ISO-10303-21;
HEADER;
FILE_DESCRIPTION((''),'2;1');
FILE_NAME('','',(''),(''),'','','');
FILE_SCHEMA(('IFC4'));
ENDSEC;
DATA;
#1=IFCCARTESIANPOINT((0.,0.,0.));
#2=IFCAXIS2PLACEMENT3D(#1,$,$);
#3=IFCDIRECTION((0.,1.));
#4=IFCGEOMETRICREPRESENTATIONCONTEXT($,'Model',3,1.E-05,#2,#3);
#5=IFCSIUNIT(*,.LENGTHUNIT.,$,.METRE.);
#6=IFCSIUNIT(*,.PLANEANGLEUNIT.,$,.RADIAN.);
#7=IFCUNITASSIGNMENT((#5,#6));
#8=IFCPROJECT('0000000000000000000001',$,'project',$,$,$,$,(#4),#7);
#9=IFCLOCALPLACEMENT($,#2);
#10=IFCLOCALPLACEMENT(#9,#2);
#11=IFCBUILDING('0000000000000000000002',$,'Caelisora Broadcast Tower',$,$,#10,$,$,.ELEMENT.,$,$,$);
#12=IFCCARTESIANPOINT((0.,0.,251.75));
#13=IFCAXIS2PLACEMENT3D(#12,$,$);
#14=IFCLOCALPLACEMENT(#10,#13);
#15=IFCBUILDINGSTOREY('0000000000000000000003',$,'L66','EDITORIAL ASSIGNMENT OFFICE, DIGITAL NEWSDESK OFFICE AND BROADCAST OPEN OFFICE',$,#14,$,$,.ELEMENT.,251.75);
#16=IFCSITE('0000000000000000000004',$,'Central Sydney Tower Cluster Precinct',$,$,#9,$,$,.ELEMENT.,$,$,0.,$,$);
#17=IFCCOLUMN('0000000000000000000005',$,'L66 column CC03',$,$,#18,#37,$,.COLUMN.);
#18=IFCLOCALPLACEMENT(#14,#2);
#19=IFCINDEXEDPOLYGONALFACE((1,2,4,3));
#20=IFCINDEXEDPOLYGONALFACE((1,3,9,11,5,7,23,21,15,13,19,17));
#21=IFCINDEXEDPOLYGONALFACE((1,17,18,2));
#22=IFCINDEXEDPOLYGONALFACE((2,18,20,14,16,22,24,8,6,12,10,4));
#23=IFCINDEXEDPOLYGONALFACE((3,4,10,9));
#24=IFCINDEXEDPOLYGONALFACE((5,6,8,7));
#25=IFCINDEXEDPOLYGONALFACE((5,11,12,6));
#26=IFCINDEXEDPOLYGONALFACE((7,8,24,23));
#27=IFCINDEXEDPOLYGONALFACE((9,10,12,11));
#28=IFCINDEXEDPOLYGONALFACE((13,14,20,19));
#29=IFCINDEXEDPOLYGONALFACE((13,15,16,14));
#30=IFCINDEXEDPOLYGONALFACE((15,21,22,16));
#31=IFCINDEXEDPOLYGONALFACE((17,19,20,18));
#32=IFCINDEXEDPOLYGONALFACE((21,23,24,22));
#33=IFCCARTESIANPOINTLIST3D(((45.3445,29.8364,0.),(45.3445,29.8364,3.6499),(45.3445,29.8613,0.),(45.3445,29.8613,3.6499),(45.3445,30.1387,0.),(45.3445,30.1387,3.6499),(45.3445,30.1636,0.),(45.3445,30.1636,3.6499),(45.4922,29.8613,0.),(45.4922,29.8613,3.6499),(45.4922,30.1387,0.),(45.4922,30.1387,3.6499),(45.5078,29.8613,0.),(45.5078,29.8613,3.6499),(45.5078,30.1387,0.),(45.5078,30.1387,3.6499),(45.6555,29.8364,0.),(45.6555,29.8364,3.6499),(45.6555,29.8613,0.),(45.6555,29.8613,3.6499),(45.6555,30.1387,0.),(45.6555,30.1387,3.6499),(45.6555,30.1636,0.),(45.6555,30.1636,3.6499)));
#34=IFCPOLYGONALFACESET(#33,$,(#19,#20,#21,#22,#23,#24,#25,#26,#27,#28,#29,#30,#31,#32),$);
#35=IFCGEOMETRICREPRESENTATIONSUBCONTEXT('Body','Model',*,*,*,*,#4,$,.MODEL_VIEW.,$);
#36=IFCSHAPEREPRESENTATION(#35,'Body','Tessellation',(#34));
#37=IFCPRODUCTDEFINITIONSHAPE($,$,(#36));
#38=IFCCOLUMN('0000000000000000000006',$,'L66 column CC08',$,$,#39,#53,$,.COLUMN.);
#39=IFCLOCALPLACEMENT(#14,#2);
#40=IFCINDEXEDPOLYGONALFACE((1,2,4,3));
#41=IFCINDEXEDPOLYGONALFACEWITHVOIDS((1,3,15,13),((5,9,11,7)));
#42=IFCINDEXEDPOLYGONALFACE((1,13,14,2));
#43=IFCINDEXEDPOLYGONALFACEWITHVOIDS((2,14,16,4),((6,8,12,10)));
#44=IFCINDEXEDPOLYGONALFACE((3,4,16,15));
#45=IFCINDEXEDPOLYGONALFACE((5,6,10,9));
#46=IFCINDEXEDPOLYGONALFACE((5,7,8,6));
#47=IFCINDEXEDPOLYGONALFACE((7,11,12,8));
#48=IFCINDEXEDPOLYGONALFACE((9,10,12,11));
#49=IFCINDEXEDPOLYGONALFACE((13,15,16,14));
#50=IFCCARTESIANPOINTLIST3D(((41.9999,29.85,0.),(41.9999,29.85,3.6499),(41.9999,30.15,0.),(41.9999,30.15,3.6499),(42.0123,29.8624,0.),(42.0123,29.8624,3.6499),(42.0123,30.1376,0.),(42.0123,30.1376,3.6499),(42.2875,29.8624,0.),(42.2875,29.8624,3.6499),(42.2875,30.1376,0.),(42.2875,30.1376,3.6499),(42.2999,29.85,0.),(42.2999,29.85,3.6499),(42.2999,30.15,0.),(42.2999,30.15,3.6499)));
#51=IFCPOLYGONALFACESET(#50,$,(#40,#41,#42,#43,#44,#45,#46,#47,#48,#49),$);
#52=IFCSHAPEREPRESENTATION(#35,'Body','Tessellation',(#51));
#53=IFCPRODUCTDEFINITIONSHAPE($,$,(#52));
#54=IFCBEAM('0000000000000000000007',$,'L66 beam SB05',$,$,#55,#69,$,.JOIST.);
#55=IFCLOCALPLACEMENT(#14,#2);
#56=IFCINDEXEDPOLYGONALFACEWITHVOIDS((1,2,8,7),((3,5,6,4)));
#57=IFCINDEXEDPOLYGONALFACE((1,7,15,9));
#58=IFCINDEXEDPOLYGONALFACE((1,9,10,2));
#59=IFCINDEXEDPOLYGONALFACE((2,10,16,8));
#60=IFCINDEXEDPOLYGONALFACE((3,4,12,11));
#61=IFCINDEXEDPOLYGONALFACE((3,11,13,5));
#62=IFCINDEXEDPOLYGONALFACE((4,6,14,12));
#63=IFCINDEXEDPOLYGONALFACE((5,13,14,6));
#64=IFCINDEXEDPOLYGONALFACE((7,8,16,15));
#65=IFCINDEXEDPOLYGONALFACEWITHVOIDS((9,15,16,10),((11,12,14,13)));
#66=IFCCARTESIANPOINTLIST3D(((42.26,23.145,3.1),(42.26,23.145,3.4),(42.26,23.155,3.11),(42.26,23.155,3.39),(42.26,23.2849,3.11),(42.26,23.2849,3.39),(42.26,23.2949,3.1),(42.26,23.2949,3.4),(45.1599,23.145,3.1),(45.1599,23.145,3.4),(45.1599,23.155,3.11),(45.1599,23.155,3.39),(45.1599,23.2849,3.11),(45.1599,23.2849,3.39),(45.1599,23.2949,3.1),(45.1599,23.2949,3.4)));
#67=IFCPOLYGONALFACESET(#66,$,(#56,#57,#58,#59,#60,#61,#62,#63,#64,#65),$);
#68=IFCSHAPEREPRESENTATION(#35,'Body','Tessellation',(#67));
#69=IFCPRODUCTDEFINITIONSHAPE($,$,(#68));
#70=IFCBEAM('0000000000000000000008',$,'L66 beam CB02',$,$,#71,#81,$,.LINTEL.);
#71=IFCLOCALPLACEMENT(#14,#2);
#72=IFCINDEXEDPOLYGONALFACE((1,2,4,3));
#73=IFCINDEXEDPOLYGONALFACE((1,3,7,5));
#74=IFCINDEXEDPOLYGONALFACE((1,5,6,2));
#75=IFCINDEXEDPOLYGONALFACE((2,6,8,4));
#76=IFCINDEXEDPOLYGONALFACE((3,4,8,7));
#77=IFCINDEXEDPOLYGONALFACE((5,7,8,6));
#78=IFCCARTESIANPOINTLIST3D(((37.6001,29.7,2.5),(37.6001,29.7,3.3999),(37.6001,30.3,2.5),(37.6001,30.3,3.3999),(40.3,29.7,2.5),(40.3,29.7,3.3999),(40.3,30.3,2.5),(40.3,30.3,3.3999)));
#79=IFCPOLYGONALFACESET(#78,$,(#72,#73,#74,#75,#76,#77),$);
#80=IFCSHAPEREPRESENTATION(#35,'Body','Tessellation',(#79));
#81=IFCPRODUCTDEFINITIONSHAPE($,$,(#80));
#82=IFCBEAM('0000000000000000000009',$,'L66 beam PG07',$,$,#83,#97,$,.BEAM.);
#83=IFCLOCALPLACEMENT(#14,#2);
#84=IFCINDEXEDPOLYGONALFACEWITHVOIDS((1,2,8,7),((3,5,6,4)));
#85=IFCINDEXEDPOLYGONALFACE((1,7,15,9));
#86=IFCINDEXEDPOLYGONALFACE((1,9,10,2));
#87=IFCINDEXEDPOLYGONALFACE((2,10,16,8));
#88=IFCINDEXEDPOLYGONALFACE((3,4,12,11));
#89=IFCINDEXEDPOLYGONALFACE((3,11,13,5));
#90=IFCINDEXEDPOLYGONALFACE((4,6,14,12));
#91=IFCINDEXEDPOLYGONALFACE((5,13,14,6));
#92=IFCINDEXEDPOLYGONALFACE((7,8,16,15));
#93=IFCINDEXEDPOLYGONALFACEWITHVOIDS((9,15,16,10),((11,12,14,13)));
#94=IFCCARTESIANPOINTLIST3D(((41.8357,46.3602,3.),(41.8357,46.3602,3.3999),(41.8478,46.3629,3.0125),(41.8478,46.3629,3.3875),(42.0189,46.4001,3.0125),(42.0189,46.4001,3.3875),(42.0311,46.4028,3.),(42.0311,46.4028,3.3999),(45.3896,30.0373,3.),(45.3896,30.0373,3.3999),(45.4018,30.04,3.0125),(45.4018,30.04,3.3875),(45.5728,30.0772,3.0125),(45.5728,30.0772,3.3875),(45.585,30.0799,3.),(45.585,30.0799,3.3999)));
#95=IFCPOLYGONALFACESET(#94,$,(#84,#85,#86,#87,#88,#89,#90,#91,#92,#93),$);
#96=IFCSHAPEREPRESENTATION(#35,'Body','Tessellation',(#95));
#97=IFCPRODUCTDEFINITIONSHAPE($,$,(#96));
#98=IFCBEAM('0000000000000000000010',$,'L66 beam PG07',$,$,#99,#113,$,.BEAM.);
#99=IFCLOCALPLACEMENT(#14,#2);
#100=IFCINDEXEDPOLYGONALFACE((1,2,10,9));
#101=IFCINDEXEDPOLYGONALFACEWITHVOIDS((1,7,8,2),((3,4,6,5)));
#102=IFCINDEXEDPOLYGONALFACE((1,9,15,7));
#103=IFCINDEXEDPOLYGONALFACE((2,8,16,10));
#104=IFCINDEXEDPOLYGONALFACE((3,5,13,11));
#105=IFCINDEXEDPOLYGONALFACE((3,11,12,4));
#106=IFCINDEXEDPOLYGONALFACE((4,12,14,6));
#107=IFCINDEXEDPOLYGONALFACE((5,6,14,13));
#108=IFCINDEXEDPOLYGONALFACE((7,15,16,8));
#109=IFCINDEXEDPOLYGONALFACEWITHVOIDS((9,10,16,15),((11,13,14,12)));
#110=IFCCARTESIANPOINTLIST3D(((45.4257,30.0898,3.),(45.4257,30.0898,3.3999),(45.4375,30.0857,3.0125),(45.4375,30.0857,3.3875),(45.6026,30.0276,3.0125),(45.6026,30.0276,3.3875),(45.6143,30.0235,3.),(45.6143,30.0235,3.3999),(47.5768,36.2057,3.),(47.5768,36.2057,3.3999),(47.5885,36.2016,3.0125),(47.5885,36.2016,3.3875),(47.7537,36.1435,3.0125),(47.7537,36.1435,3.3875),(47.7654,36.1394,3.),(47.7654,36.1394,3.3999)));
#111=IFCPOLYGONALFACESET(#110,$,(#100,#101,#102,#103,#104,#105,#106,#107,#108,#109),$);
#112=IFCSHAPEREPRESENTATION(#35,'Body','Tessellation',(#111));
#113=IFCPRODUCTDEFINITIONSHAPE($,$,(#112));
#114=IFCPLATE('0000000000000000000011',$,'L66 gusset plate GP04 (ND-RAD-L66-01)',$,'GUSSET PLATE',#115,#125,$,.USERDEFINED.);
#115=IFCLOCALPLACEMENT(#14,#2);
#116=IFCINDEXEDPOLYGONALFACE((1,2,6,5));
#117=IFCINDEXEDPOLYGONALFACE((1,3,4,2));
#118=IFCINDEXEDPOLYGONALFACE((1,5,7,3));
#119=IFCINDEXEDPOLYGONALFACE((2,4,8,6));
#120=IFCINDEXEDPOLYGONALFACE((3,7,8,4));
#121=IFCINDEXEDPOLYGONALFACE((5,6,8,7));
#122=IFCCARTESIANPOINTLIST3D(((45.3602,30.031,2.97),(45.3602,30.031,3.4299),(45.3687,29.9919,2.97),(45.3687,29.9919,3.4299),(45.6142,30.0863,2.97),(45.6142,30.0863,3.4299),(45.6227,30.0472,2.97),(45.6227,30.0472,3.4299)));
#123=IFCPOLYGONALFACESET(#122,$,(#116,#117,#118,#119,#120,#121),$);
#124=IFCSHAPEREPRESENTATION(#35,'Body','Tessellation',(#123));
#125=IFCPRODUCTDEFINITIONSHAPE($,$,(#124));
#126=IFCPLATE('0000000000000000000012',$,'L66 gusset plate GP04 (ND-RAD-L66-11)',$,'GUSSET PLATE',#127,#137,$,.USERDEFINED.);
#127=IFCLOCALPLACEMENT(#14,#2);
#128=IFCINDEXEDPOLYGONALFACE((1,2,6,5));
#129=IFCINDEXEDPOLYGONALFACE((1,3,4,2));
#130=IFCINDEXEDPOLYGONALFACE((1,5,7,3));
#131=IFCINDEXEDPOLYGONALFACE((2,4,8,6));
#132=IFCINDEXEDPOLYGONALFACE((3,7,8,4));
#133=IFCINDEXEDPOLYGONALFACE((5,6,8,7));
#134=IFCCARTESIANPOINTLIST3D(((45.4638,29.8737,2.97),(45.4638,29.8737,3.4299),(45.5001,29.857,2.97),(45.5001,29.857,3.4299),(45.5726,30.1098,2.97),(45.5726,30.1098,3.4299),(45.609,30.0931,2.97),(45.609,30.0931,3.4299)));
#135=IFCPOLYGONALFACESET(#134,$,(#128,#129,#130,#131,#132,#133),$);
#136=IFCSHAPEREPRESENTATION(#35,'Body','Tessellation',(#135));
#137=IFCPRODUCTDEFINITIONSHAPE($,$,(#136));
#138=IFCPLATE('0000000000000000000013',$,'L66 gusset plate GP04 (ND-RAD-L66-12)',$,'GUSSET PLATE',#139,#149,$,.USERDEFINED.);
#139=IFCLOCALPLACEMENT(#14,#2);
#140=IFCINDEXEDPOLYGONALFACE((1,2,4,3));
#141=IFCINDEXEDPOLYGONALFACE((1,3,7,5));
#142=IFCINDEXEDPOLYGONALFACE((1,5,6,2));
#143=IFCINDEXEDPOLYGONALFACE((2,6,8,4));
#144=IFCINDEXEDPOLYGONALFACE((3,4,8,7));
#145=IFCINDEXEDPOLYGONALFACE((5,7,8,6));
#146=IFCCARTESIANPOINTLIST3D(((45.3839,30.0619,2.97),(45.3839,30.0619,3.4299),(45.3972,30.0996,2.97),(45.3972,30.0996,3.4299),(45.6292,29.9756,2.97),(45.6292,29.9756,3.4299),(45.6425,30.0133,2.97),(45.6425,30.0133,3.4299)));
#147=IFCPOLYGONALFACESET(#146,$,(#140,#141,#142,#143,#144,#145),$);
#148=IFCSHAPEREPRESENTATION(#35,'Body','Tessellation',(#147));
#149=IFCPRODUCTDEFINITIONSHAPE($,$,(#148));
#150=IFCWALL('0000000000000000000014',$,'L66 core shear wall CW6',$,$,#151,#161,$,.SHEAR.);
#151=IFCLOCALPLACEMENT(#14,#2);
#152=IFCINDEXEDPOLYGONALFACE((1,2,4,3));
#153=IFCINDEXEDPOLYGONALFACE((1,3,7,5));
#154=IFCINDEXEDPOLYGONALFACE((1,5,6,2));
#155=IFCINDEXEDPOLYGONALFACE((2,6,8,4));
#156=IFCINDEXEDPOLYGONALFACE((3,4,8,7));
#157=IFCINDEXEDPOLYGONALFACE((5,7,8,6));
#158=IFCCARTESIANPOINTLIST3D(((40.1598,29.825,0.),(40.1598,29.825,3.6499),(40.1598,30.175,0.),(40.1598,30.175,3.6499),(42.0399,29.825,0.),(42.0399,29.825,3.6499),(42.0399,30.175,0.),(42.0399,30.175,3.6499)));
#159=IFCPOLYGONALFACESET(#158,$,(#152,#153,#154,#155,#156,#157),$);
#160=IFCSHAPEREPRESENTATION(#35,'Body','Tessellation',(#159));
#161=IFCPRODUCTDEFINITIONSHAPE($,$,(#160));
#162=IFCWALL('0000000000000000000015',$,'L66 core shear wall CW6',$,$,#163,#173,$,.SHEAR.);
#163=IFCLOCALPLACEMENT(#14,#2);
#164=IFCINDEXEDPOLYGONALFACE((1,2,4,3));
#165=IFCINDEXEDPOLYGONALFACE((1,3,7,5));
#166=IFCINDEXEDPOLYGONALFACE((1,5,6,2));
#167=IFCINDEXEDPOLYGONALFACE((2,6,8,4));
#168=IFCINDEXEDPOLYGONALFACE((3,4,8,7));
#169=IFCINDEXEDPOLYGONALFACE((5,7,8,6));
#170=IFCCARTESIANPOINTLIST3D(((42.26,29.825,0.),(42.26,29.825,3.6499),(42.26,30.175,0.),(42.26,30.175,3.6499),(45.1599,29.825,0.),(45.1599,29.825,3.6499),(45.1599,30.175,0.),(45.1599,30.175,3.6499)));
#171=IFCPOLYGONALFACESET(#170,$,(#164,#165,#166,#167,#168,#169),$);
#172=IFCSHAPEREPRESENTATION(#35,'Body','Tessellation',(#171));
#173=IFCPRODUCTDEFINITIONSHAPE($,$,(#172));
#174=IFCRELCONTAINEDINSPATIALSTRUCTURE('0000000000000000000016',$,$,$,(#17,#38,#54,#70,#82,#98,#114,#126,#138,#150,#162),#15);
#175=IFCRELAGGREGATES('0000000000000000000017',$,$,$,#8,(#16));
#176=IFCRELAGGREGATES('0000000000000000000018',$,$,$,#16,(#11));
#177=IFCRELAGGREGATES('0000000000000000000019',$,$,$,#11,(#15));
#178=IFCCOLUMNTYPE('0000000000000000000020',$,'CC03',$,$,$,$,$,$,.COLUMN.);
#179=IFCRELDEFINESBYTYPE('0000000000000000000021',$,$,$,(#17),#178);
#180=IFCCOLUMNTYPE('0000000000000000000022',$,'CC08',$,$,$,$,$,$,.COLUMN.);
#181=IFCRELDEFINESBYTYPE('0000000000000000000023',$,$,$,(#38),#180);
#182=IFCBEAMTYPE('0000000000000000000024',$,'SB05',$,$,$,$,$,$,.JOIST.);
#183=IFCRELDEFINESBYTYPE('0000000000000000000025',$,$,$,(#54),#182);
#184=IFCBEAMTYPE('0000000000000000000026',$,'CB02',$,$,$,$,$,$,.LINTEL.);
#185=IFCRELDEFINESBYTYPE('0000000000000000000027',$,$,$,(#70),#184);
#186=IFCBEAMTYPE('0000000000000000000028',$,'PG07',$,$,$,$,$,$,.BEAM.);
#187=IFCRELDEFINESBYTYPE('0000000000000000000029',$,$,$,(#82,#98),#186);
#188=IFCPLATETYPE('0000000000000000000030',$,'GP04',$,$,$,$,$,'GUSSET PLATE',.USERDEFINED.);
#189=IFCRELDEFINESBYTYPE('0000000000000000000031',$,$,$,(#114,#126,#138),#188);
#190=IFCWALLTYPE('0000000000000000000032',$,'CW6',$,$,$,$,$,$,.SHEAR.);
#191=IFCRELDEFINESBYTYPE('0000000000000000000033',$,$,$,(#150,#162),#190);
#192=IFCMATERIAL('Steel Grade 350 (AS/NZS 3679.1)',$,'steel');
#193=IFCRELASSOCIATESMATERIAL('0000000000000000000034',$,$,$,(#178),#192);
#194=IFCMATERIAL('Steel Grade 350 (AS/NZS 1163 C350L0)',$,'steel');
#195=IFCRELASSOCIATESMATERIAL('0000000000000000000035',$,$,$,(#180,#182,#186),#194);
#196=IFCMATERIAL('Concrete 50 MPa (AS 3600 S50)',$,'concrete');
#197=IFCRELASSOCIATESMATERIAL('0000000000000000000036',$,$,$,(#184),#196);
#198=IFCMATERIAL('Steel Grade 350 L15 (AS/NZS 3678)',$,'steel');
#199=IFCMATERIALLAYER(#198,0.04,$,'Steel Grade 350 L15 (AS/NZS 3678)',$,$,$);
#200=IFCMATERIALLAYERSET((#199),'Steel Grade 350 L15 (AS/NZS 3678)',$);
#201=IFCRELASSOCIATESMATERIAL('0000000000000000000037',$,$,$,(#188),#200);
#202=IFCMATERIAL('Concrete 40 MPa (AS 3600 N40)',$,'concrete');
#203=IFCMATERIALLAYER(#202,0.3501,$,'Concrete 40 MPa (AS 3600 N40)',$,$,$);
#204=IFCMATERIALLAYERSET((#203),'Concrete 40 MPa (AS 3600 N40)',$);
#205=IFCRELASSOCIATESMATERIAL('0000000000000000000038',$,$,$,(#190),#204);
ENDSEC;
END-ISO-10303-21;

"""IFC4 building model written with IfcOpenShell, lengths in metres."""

from ifc_helpers import new_model, si_unit, direction, frame, frame_2d, origin, origin_2d, place, context, subcontext, project, spatial, rectangle, hollow_rectangle, i_section, extrude, source, transform, mapped, material, layer, layer_set, material_profile, profile_set, type_object, type_shapes, element, save


model = new_model("IFC4")

# Units and contexts
model_context = context("Model", 3, precision=1e-05, world=origin(), true_north=direction((0.0, 1.0)))
body_context = subcontext(model_context, "Body", "Model", "MODEL_VIEW")
ifc_project = project(units=[si_unit("LENGTHUNIT", "METRE"), si_unit("PLANEANGLEUNIT", "RADIAN")], contexts=[model_context])

# Site, building, storey
site_placement = place(None, origin())
site = spatial("IfcSite", under=ifc_project, at=site_placement, Name="Central Sydney Tower Cluster Precinct", CompositionType="ELEMENT", RefElevation=0.0)
building_placement = place(site_placement, origin())
building = spatial("IfcBuilding", under=site, at=building_placement, Name="Caelisora Broadcast Tower", CompositionType="ELEMENT")
storey_placement = place(building_placement, frame((0.0, 0.0, 251.75)))
storey = spatial("IfcBuildingStorey", under=building, at=storey_placement, Name="L66", Description="EDITORIAL ASSIGNMENT OFFICE, DIGITAL NEWSDESK OFFICE AND BROADCAST OPEN OFFICE", CompositionType="ELEMENT", Elevation=251.75)

# Columns
ifc_material_1 = material(Name="Steel Grade 350 (AS/NZS 3679.1)", Category="steel")
ifc_material_profile_1 = material_profile(ifc_material_1, i_section(OverallWidth=0.311, OverallDepth=0.3271, WebThickness=0.0156, FlangeThickness=0.0249, at=origin_2d()), Name="Steel Grade 350 (AS/NZS 3679.1)")
ifc_profile_set_1 = profile_set([ifc_material_profile_1], Name="Steel Grade 350 (AS/NZS 3679.1)")
column_type_1 = type_object("IfcColumnType", Name="CC03", PredefinedType="COLUMN", material=ifc_profile_set_1)
shared_shape_1 = source(origin(), body_context, "Body", "SweptSolid", [
    extrude(i_section(OverallWidth=0.311, OverallDepth=0.3271, WebThickness=0.0156, FlangeThickness=0.0249, at=origin_2d()), origin(), (0.0, 0.0, 1.0), 3.6499),
])
type_shapes(column_type_1, [shared_shape_1])
column_1_placement = place(storey_placement, frame((45.5, 30.0, 0.0), z_axis=(0.0, 0.0, 1.0), x_axis=(1.0, 0.0, 0.0)))
element("IfcColumn", 1, at=column_1_placement, inside=storey, type_object=column_type_1, Name="L66 column CC03", PredefinedType="COLUMN", context=body_context, shape_type="MappedRepresentation", body=[
    mapped(shared_shape_1, transform((0.0, 0.0, 0.0), scale=1.0)),
])
ifc_material_2 = material(Name="Steel Grade 350 (AS/NZS 1163 C350L0)", Category="steel")
ifc_material_profile_2 = material_profile(ifc_material_2, hollow_rectangle(XDim=0.3, YDim=0.3, WallThickness=0.0125, at=origin_2d()), Name="Steel Grade 350 (AS/NZS 1163 C350L0)")
ifc_profile_set_2 = profile_set([ifc_material_profile_2], Name="Steel Grade 350 (AS/NZS 1163 C350L0)")
column_type_2 = type_object("IfcColumnType", Name="CC08", PredefinedType="COLUMN", material=ifc_profile_set_2)
shared_shape_2 = source(origin(), body_context, "Body", "SweptSolid", [
    extrude(hollow_rectangle(XDim=0.3, YDim=0.3, WallThickness=0.0125, at=origin_2d()), origin(), (0.0, 0.0, 1.0), 3.6499),
])
type_shapes(column_type_2, [shared_shape_2])
column_2_placement = place(storey_placement, frame((42.1499, 30.0, 0.0), z_axis=(0.0, 0.0, 1.0), x_axis=(1.0, 0.0, 0.0)))
element("IfcColumn", 2, at=column_2_placement, inside=storey, type_object=column_type_2, Name="L66 column CC08", PredefinedType="COLUMN", context=body_context, shape_type="MappedRepresentation", body=[
    mapped(shared_shape_2, transform((0.0, 0.0, 0.0), scale=1.0)),
])

# Beams
ifc_material_profile_3 = material_profile(ifc_material_2, hollow_rectangle(XDim=0.1499, YDim=0.3, WallThickness=0.01, at=origin_2d()), Name="Steel Grade 350 (AS/NZS 1163 C350L0)")
ifc_profile_set_3 = profile_set([ifc_material_profile_3], Name="Steel Grade 350 (AS/NZS 1163 C350L0)")
beam_type_1 = type_object("IfcBeamType", Name="SB05", PredefinedType="JOIST", material=ifc_profile_set_3)
shared_shape_3 = source(origin(), body_context, "Body", "SweptSolid", [
    extrude(hollow_rectangle(XDim=0.1499, YDim=0.3, WallThickness=0.01, at=origin_2d()), origin(), (0.0, 0.0, 1.0), 2.8999),
])
type_shapes(beam_type_1, [shared_shape_3])
beam_1_placement = place(storey_placement, frame((42.26, 23.22, 3.25), z_axis=(1.0, 0.0, 0.0), x_axis=(0.0, 1.0, 0.0)))
element("IfcBeam", 3, at=beam_1_placement, inside=storey, type_object=beam_type_1, Name="L66 beam SB05", PredefinedType="JOIST", context=body_context, shape_type="MappedRepresentation", body=[
    mapped(shared_shape_3, transform((0.0, 0.0, 0.0), scale=1.0)),
])
ifc_material_3 = material(Name="Concrete 50 MPa (AS 3600 S50)", Category="concrete")
ifc_material_profile_4 = material_profile(ifc_material_3, rectangle(XDim=0.6001, YDim=0.8999, at=origin_2d()), Name="Concrete 50 MPa (AS 3600 S50)")
ifc_profile_set_4 = profile_set([ifc_material_profile_4], Name="Concrete 50 MPa (AS 3600 S50)")
beam_type_2 = type_object("IfcBeamType", Name="CB02", PredefinedType="LINTEL", material=ifc_profile_set_4)
shared_shape_4 = source(origin(), body_context, "Body", "SweptSolid", [
    extrude(rectangle(XDim=0.6001, YDim=0.8999, at=origin_2d()), origin(), (0.0, 0.0, 1.0), 2.7),
])
type_shapes(beam_type_2, [shared_shape_4])
beam_2_placement = place(storey_placement, frame((37.6001, 30.0, 2.95), z_axis=(1.0, 0.0, 0.0), x_axis=(0.0, 1.0, 0.0)))
element("IfcBeam", 4, at=beam_2_placement, inside=storey, type_object=beam_type_2, Name="L66 beam CB02", PredefinedType="LINTEL", context=body_context, shape_type="MappedRepresentation", body=[
    mapped(shared_shape_4, transform((0.0, 0.0, 0.0), scale=1.0)),
])
ifc_material_profile_5 = material_profile(ifc_material_2, hollow_rectangle(XDim=0.2, YDim=0.3999, WallThickness=0.0125, at=origin_2d()), Name="Steel Grade 350 (AS/NZS 1163 C350L0)")
ifc_profile_set_5 = profile_set([ifc_material_profile_5], Name="Steel Grade 350 (AS/NZS 1163 C350L0)")
beam_type_3 = type_object("IfcBeamType", Name="PG07", PredefinedType="BEAM", material=ifc_profile_set_5)
shared_shape_5 = source(origin(), body_context, "Body", "SweptSolid", [
    extrude(hollow_rectangle(XDim=0.2, YDim=0.3999, WallThickness=0.0125, at=origin_2d()), origin(), (0.0, 0.0, 1.0), 16.7053),
])
beam_3_placement = place(storey_placement, frame((45.4873, 30.0586, 3.2), z_axis=(-0.212743, 0.977108, 0.0), x_axis=(-0.977108, -0.212743, 0.0)))
element("IfcBeam", 5, at=beam_3_placement, inside=storey, type_object=beam_type_3, Name="L66 beam PG07", PredefinedType="BEAM", context=body_context, shape_type="MappedRepresentation", body=[
    mapped(shared_shape_5, transform((0.0, 0.0, 0.0), scale=1.0)),
])
shared_shape_6 = source(origin(), body_context, "Body", "SweptSolid", [
    extrude(hollow_rectangle(XDim=0.2, YDim=0.3999, WallThickness=0.0125, at=origin_2d()), origin(), (0.0, 0.0, 1.0), 6.4832),
])
type_shapes(beam_type_3, [shared_shape_5, shared_shape_6])
beam_4_placement = place(storey_placement, frame((45.52, 30.0566, 3.2), z_axis=(0.331798, 0.943351, 0.0), x_axis=(-0.943351, 0.331798, 0.0)))
element("IfcBeam", 6, at=beam_4_placement, inside=storey, type_object=beam_type_3, Name="L66 beam PG07", PredefinedType="BEAM", context=body_context, shape_type="MappedRepresentation", body=[
    mapped(shared_shape_6, transform((0.0, 0.0, 0.0), scale=1.0)),
])

# Plates
ifc_material_4 = material(Name="Steel Grade 350 L15 (AS/NZS 3678)", Category="steel")
ifc_layer_1 = layer(ifc_material_4, 0.04, Name="Steel Grade 350 L15 (AS/NZS 3678)")
ifc_layer_set_1 = layer_set([ifc_layer_1], Name="Steel Grade 350 L15 (AS/NZS 3678)")
plate_type = type_object("IfcPlateType", Name="GP04", ElementType="GUSSET PLATE", PredefinedType="USERDEFINED", material=ifc_layer_set_1)
shared_shape_7 = source(origin(), body_context, "Body", "SweptSolid", [
    extrude(rectangle(XDim=0.26, YDim=0.04, at=origin_2d()), origin(), (0.0, 0.0, 1.0), 0.46),
])
type_shapes(plate_type, [shared_shape_7])
for number, where, z_axis, x_axis, name in (
    (7, (45.4915, 30.0391, 2.97), (0.0, 0.0, 1.0), (-0.97712, -0.212689, 0.0), "L66 gusset plate GP04 (ND-RAD-L66-01)"),
    (8, (45.5364, 29.9834, 2.97), (0.0, 0.0, 1.0), (0.41866, 0.908143, 0.0), "L66 gusset plate GP04 (ND-RAD-L66-11)"),
    (9, (45.5132, 30.0376, 2.97), (0.0, 0.0, 1.0), (-0.943339, 0.331832, 0.0), "L66 gusset plate GP04 (ND-RAD-L66-12)"),
):
    element("IfcPlate", number, at=place(storey_placement, frame(where, z_axis=z_axis, x_axis=x_axis)), inside=storey, type_object=plate_type, Name=name, ObjectType="GUSSET PLATE", PredefinedType="USERDEFINED", context=body_context, shape_type="MappedRepresentation", body=[
        mapped(shared_shape_7, transform((0.0, 0.0, 0.0), scale=1.0)),
    ])

# Walls
ifc_material_5 = material(Name="Concrete 40 MPa (AS 3600 N40)", Category="concrete")
ifc_layer_2 = layer(ifc_material_5, 0.3501, Name="Concrete 40 MPa (AS 3600 N40)")
ifc_layer_set_2 = layer_set([ifc_layer_2], Name="Concrete 40 MPa (AS 3600 N40)")
wall_type_1 = type_object("IfcWallType", Name="CW6", PredefinedType="SHEAR", material=ifc_layer_set_2)
wall_1_placement = place(storey_placement, frame((40.1599, 30.0, 0.0), z_axis=(0.0, 0.0, 1.0), x_axis=(1.0, 0.0, 0.0)))
element("IfcWall", 10, at=wall_1_placement, inside=storey, type_object=wall_type_1, Name="L66 core shear wall CW6", PredefinedType="SHEAR", context=body_context, shape_type="SweptSolid", body=[
    extrude(rectangle(XDim=1.8801, YDim=0.3501, at=frame_2d((0.9399, 0.0))), origin(), (0.0, 0.0, 1.0), 3.6499),
])
wall_2_placement = place(storey_placement, frame((42.26, 30.0, 0.0), z_axis=(0.0, 0.0, 1.0), x_axis=(1.0, 0.0, 0.0)))
element("IfcWall", 11, at=wall_2_placement, inside=storey, type_object=wall_type_1, Name="L66 core shear wall CW6", PredefinedType="SHEAR", context=body_context, shape_type="SweptSolid", body=[
    extrude(rectangle(XDim=2.8999, YDim=0.3501, at=frame_2d((1.45, 0.0))), origin(), (0.0, 0.0, 1.0), 3.6499),
])

save(model, "model.ifc")
